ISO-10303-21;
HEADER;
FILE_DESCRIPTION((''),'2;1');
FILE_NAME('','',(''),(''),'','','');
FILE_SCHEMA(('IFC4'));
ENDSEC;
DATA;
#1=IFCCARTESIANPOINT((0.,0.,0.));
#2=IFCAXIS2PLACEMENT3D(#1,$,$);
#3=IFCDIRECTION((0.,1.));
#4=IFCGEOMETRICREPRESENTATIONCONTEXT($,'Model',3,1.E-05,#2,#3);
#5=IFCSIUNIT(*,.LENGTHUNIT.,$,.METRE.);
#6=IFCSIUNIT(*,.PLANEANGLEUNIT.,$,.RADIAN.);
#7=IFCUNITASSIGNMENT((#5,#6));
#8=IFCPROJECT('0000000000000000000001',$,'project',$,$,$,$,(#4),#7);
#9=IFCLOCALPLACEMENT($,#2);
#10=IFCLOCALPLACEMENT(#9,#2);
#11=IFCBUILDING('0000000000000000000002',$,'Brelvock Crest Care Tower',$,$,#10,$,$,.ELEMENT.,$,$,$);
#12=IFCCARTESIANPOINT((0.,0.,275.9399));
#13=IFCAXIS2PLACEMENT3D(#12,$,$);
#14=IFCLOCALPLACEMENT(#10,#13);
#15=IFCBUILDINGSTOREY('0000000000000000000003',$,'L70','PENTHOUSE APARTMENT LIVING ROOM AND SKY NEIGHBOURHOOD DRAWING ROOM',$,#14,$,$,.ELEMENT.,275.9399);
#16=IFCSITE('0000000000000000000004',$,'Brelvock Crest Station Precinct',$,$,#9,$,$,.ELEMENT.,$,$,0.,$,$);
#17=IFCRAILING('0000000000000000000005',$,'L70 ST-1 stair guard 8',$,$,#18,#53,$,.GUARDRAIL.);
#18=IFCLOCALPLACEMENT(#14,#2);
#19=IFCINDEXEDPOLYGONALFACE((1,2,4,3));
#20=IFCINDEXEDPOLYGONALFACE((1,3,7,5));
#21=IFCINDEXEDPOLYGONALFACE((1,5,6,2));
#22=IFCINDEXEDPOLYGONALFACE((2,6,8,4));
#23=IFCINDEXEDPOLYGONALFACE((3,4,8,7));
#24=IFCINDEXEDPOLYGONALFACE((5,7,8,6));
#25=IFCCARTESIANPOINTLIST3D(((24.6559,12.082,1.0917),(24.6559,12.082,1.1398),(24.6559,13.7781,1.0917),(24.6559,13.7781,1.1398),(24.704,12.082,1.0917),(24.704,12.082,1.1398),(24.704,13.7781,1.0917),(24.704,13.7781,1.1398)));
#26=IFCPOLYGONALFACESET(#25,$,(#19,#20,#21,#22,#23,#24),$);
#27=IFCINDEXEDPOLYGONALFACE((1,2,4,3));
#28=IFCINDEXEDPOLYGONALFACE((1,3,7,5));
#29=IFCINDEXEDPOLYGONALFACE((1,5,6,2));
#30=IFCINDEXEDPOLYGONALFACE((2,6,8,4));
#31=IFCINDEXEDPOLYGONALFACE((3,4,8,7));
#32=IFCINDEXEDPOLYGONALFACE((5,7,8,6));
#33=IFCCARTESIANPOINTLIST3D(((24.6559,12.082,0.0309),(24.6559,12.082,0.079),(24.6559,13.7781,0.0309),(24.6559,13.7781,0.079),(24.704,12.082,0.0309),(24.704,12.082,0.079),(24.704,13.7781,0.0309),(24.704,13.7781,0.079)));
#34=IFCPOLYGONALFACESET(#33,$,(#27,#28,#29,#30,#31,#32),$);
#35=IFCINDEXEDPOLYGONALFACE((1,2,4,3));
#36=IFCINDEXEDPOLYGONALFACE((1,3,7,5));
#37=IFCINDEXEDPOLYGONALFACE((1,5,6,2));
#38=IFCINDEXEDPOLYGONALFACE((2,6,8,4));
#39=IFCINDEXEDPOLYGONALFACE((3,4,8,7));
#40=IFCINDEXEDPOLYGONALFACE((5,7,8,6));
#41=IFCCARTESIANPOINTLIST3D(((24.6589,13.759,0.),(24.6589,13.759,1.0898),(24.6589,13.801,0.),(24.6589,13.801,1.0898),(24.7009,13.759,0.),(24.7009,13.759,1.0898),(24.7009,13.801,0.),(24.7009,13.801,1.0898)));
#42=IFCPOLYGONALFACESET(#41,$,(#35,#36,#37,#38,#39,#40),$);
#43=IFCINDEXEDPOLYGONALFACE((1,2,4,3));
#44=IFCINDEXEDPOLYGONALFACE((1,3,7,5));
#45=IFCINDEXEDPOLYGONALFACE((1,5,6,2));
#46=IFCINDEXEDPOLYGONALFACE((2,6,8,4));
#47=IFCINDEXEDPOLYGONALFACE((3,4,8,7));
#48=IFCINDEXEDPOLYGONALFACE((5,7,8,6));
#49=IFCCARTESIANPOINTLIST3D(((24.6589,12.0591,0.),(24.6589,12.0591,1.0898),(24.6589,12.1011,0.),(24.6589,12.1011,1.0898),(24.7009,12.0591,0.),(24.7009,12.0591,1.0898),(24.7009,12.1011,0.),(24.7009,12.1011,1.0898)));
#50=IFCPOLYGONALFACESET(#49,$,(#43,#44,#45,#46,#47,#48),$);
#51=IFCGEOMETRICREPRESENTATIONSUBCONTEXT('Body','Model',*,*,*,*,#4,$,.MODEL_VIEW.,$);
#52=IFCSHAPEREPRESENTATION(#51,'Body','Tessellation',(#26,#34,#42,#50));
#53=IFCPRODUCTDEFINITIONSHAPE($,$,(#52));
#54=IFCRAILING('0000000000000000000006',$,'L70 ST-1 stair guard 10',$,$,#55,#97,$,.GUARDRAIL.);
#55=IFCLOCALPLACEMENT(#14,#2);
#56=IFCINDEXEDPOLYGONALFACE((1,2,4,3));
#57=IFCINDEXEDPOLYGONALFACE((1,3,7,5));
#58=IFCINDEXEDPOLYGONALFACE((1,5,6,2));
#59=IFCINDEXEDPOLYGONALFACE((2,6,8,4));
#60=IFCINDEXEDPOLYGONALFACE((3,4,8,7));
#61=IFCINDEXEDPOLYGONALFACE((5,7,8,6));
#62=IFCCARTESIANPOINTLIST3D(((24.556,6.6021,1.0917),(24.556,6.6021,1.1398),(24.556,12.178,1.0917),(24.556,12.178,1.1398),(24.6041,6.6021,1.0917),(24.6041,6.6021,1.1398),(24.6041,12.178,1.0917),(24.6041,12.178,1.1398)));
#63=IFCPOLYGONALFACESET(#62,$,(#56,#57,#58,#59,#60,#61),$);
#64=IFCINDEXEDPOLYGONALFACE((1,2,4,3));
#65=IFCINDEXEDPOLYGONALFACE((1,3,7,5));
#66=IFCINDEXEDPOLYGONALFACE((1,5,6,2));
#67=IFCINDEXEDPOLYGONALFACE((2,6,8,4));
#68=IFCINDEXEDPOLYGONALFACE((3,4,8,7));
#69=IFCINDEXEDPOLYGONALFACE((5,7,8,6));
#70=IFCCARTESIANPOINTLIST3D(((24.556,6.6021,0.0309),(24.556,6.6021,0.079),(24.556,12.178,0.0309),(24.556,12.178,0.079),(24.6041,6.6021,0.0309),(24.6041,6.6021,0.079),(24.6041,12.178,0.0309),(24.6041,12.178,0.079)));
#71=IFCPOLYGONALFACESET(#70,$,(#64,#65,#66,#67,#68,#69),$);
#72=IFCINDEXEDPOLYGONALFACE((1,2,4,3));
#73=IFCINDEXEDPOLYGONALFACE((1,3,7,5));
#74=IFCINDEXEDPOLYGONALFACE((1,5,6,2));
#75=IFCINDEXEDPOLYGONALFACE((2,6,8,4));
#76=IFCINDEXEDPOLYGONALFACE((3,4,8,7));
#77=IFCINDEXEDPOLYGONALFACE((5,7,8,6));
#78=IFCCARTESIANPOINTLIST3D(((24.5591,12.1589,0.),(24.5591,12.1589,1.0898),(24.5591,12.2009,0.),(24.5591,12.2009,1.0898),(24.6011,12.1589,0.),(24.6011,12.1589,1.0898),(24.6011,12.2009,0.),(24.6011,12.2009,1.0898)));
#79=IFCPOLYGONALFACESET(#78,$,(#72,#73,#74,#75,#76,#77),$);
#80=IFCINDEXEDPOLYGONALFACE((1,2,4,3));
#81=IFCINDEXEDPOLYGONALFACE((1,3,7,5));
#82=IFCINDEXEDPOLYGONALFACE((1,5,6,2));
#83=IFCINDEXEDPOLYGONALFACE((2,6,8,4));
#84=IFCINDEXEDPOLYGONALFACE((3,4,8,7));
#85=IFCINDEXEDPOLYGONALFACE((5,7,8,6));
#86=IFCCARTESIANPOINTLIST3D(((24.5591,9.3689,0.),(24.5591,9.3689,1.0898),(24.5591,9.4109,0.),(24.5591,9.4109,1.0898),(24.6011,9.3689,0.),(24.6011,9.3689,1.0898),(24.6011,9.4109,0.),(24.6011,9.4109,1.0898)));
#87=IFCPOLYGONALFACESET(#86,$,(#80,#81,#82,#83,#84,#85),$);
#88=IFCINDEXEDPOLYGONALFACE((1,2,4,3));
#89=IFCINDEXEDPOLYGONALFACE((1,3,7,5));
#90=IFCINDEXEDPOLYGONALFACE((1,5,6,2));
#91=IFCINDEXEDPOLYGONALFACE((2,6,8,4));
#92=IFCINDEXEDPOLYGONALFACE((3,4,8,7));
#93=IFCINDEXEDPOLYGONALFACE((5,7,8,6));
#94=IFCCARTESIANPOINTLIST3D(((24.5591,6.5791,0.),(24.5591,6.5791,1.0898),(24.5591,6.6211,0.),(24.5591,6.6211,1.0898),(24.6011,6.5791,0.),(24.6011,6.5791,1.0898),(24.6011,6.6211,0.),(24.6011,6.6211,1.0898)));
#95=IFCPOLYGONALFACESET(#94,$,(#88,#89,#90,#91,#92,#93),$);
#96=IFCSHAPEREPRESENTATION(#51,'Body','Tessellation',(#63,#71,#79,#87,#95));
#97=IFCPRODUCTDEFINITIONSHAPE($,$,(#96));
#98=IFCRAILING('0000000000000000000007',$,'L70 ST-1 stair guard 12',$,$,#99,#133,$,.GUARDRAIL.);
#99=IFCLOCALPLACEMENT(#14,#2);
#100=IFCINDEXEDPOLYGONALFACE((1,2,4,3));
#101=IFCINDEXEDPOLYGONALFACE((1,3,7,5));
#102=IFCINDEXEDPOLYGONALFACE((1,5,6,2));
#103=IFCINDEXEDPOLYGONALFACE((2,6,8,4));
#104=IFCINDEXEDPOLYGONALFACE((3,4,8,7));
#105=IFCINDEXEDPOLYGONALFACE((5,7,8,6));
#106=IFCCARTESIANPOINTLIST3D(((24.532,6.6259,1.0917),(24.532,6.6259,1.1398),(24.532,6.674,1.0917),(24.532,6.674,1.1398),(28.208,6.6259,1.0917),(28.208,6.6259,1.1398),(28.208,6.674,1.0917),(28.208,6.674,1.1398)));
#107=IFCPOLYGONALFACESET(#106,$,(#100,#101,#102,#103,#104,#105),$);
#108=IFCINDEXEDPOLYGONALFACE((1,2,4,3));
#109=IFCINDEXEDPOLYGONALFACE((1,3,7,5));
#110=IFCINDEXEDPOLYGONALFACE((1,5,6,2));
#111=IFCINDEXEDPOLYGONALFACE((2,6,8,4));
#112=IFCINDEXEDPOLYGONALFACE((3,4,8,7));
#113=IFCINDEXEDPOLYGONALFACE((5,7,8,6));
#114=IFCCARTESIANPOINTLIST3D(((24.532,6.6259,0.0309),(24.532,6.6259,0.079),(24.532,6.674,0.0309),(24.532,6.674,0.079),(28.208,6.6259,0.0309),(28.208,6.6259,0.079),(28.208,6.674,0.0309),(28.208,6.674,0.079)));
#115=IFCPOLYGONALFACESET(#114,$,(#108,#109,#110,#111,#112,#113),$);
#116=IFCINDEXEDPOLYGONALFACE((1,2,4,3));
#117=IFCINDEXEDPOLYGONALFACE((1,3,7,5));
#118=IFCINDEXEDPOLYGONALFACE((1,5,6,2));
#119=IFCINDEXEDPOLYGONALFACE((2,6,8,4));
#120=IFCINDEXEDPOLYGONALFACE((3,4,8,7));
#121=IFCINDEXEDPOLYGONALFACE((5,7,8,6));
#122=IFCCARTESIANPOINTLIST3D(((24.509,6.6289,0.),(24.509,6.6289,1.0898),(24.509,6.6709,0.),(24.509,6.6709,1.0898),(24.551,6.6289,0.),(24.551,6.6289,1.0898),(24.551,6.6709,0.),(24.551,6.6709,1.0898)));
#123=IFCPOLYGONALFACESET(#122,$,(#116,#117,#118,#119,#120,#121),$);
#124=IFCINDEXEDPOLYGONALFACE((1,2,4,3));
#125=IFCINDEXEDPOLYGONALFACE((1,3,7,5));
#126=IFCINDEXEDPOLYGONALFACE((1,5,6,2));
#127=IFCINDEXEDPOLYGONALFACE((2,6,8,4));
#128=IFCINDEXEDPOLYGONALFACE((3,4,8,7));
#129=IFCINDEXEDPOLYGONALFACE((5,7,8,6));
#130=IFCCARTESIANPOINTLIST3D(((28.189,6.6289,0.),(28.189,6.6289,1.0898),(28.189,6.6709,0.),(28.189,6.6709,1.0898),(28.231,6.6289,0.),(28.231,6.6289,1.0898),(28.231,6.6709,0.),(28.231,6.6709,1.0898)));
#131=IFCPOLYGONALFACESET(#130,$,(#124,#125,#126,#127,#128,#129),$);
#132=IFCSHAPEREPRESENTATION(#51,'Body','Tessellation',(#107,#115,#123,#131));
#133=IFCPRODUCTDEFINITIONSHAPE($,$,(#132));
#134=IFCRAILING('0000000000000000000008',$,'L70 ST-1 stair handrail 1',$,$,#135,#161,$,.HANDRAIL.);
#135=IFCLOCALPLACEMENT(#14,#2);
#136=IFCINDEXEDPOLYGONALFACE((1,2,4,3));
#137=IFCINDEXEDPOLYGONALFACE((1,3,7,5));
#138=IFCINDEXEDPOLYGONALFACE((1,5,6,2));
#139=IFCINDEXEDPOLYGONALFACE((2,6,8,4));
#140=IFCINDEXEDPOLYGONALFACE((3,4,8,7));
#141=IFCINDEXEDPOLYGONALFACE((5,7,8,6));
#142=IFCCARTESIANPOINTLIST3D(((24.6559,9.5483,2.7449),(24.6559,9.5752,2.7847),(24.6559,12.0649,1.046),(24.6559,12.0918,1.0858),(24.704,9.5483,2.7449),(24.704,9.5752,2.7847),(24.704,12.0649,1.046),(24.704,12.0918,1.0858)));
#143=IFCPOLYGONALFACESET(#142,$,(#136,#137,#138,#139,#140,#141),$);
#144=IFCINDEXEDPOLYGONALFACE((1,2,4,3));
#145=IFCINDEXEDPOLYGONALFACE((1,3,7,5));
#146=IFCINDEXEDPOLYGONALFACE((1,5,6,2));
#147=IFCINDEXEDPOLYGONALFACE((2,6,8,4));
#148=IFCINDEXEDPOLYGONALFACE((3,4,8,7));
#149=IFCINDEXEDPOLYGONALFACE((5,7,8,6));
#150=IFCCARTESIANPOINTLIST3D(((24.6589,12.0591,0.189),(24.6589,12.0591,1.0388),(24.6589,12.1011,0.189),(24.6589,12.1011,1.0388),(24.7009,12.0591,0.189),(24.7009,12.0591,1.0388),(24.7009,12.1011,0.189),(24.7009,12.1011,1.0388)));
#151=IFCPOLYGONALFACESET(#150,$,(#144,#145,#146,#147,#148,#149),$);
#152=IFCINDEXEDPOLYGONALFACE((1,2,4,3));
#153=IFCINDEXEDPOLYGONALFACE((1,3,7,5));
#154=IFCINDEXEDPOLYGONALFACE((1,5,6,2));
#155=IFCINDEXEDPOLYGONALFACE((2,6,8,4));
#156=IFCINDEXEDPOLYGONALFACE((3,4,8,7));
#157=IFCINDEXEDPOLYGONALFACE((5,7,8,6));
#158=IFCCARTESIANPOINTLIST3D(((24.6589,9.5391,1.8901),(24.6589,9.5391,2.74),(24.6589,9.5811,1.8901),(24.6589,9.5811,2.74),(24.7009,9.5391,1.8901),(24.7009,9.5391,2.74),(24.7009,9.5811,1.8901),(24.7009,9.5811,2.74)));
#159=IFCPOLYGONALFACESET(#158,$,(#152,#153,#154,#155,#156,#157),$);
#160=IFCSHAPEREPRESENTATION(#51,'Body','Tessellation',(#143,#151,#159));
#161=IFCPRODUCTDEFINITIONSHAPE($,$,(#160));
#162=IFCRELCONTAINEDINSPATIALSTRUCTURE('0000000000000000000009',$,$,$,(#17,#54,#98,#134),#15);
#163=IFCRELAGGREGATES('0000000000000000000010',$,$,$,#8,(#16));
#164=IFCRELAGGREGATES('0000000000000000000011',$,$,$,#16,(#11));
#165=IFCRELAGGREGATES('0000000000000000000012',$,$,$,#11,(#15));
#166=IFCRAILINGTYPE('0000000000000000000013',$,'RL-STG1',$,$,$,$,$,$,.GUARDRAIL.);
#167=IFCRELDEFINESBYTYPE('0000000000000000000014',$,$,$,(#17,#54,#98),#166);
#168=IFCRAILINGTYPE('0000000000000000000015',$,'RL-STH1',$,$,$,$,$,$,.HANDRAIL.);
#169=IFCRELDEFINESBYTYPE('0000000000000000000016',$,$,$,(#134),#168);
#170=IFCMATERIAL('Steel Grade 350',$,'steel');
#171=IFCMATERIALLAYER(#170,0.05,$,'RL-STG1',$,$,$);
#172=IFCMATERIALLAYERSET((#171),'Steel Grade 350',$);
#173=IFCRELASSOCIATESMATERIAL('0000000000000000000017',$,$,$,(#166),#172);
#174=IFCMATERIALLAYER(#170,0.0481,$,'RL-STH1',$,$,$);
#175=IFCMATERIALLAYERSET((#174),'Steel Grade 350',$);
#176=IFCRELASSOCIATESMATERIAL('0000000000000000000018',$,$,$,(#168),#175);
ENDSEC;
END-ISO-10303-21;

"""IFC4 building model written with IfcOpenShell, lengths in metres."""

from ifc_helpers import new_model, si_unit, direction, frame, origin, origin_2d, place, context, subcontext, project, spatial, rectangle, extrude, material, layer, layer_set, type_object, element, save


model = new_model("IFC4")

# Units and contexts
model_context = context("Model", 3, precision=1e-05, world=origin(), true_north=direction((0.0, 1.0)))
body_context = subcontext(model_context, "Body", "Model", "MODEL_VIEW")
ifc_project = project(units=[si_unit("LENGTHUNIT", "METRE"), si_unit("PLANEANGLEUNIT", "RADIAN")], contexts=[model_context])

# Site, building, storey
site_placement = place(None, origin())
site = spatial("IfcSite", under=ifc_project, at=site_placement, Name="Brelvock Crest Station Precinct", CompositionType="ELEMENT", RefElevation=0.0)
building_placement = place(site_placement, origin())
building = spatial("IfcBuilding", under=site, at=building_placement, Name="Brelvock Crest Care Tower", CompositionType="ELEMENT")
storey_placement = place(building_placement, frame((0.0, 0.0, 275.9399)))
storey = spatial("IfcBuildingStorey", under=building, at=storey_placement, Name="L70", Description="PENTHOUSE APARTMENT LIVING ROOM AND SKY NEIGHBOURHOOD DRAWING ROOM", CompositionType="ELEMENT", Elevation=275.9399)

# Shared definitions
ifc_material_1 = material(Name="Steel Grade 350", Category="steel")

# Railings
ifc_layer_1 = layer(ifc_material_1, 0.05, Name="RL-STG1")
ifc_layer_set_1 = layer_set([ifc_layer_1], Name="Steel Grade 350")
railing_type_1 = type_object("IfcRailingType", Name="RL-STG1", PredefinedType="GUARDRAIL", material=ifc_layer_set_1)
railing_1_placement = place(storey_placement, frame((24.6799, 13.78, 0.0)))
element("IfcRailing", 1, at=railing_1_placement, inside=storey, type_object=railing_type_1, Name="L70 ST-1 stair guard 8", PredefinedType="GUARDRAIL", context=body_context, shape_type="SweptSolid", body=[
    extrude(rectangle(XDim=0.0481, YDim=0.0481, at=origin_2d()), frame((0.0, -0.002, 1.1157), z_axis=(0.0, -1.0, 0.0), x_axis=(1.0, 0.0, 0.0)), (0.0, 0.0, 1.0), 1.696),
    extrude(rectangle(XDim=0.0481, YDim=0.0481, at=origin_2d()), frame((0.0, -0.002, 0.0549), z_axis=(0.0, -1.0, 0.0), x_axis=(1.0, 0.0, 0.0)), (0.0, 0.0, 1.0), 1.696),
    extrude(rectangle(XDim=0.042, YDim=0.042, at=origin_2d()), origin(), (0.0, 0.0, 1.0), 1.0898),
    extrude(rectangle(XDim=0.042, YDim=0.042, at=origin_2d()), frame((0.0, -1.7, 0.0)), (0.0, 0.0, 1.0), 1.0898),
])
railing_2_placement = place(storey_placement, frame((24.5801, 12.1799, 0.0)))
element("IfcRailing", 2, at=railing_2_placement, inside=storey, type_object=railing_type_1, Name="L70 ST-1 stair guard 10", PredefinedType="GUARDRAIL", context=body_context, shape_type="SweptSolid", body=[
    extrude(rectangle(XDim=0.0481, YDim=0.0481, at=origin_2d()), frame((0.0, -0.002, 1.1157), z_axis=(0.0, -1.0, 0.0), x_axis=(1.0, 0.0, 0.0)), (0.0, 0.0, 1.0), 5.5759),
    extrude(rectangle(XDim=0.0481, YDim=0.0481, at=origin_2d()), frame((0.0, -0.002, 0.0549), z_axis=(0.0, -1.0, 0.0), x_axis=(1.0, 0.0, 0.0)), (0.0, 0.0, 1.0), 5.5759),
    extrude(rectangle(XDim=0.042, YDim=0.042, at=origin_2d()), origin(), (0.0, 0.0, 1.0), 1.0898),
    extrude(rectangle(XDim=0.042, YDim=0.042, at=origin_2d()), frame((0.0, -2.79, 0.0)), (0.0, 0.0, 1.0), 1.0898),
    extrude(rectangle(XDim=0.042, YDim=0.042, at=origin_2d()), frame((0.0, -5.5798, 0.0)), (0.0, 0.0, 1.0), 1.0898),
])
railing_3_placement = place(storey_placement, frame((24.53, 6.6499, 0.0)))
element("IfcRailing", 3, at=railing_3_placement, inside=storey, type_object=railing_type_1, Name="L70 ST-1 stair guard 12", PredefinedType="GUARDRAIL", context=body_context, shape_type="SweptSolid", body=[
    extrude(rectangle(XDim=0.0481, YDim=0.0481, at=origin_2d()), frame((0.002, 0.0, 1.1157), z_axis=(1.0, 0.0, 0.0), x_axis=(0.0, 1.0, 0.0)), (0.0, 0.0, 1.0), 3.676),
    extrude(rectangle(XDim=0.0481, YDim=0.0481, at=origin_2d()), frame((0.002, 0.0, 0.0549), z_axis=(1.0, 0.0, 0.0), x_axis=(0.0, 1.0, 0.0)), (0.0, 0.0, 1.0), 3.676),
    extrude(rectangle(XDim=0.042, YDim=0.042, at=origin_2d()), origin(), (0.0, 0.0, 1.0), 1.0898),
    extrude(rectangle(XDim=0.042, YDim=0.042, at=origin_2d()), frame((3.6799, 0.0, 0.0)), (0.0, 0.0, 1.0), 1.0898),
])
ifc_layer_2 = layer(ifc_material_1, 0.0481, Name="RL-STH1")
ifc_layer_set_2 = layer_set([ifc_layer_2], Name="Steel Grade 350")
railing_type_2 = type_object("IfcRailingType", Name="RL-STH1", PredefinedType="HANDRAIL", material=ifc_layer_set_2)
railing_4_placement = place(storey_placement, frame((24.6799, 12.0801, 0.189)))
element("IfcRailing", 4, at=railing_4_placement, inside=storey, type_object=railing_type_2, Name="L70 ST-1 stair handrail 1", PredefinedType="HANDRAIL", context=body_context, shape_type="SweptSolid", body=[
    extrude(rectangle(XDim=0.0481, YDim=0.0481, at=origin_2d()), frame((0.0, -0.0017, 0.877), z_axis=(0.0, -0.828824, 0.559509), x_axis=(1.0, 0.0, 0.0)), (0.0, 0.0, 1.0), 3.0364),
    extrude(rectangle(XDim=0.042, YDim=0.042, at=origin_2d()), origin(), (0.0, 0.0, 1.0), 0.8499),
    extrude(rectangle(XDim=0.042, YDim=0.042, at=origin_2d()), frame((0.0, -2.52, 1.7012)), (0.0, 0.0, 1.0), 0.8499),
])

save(model, "model.ifc")
